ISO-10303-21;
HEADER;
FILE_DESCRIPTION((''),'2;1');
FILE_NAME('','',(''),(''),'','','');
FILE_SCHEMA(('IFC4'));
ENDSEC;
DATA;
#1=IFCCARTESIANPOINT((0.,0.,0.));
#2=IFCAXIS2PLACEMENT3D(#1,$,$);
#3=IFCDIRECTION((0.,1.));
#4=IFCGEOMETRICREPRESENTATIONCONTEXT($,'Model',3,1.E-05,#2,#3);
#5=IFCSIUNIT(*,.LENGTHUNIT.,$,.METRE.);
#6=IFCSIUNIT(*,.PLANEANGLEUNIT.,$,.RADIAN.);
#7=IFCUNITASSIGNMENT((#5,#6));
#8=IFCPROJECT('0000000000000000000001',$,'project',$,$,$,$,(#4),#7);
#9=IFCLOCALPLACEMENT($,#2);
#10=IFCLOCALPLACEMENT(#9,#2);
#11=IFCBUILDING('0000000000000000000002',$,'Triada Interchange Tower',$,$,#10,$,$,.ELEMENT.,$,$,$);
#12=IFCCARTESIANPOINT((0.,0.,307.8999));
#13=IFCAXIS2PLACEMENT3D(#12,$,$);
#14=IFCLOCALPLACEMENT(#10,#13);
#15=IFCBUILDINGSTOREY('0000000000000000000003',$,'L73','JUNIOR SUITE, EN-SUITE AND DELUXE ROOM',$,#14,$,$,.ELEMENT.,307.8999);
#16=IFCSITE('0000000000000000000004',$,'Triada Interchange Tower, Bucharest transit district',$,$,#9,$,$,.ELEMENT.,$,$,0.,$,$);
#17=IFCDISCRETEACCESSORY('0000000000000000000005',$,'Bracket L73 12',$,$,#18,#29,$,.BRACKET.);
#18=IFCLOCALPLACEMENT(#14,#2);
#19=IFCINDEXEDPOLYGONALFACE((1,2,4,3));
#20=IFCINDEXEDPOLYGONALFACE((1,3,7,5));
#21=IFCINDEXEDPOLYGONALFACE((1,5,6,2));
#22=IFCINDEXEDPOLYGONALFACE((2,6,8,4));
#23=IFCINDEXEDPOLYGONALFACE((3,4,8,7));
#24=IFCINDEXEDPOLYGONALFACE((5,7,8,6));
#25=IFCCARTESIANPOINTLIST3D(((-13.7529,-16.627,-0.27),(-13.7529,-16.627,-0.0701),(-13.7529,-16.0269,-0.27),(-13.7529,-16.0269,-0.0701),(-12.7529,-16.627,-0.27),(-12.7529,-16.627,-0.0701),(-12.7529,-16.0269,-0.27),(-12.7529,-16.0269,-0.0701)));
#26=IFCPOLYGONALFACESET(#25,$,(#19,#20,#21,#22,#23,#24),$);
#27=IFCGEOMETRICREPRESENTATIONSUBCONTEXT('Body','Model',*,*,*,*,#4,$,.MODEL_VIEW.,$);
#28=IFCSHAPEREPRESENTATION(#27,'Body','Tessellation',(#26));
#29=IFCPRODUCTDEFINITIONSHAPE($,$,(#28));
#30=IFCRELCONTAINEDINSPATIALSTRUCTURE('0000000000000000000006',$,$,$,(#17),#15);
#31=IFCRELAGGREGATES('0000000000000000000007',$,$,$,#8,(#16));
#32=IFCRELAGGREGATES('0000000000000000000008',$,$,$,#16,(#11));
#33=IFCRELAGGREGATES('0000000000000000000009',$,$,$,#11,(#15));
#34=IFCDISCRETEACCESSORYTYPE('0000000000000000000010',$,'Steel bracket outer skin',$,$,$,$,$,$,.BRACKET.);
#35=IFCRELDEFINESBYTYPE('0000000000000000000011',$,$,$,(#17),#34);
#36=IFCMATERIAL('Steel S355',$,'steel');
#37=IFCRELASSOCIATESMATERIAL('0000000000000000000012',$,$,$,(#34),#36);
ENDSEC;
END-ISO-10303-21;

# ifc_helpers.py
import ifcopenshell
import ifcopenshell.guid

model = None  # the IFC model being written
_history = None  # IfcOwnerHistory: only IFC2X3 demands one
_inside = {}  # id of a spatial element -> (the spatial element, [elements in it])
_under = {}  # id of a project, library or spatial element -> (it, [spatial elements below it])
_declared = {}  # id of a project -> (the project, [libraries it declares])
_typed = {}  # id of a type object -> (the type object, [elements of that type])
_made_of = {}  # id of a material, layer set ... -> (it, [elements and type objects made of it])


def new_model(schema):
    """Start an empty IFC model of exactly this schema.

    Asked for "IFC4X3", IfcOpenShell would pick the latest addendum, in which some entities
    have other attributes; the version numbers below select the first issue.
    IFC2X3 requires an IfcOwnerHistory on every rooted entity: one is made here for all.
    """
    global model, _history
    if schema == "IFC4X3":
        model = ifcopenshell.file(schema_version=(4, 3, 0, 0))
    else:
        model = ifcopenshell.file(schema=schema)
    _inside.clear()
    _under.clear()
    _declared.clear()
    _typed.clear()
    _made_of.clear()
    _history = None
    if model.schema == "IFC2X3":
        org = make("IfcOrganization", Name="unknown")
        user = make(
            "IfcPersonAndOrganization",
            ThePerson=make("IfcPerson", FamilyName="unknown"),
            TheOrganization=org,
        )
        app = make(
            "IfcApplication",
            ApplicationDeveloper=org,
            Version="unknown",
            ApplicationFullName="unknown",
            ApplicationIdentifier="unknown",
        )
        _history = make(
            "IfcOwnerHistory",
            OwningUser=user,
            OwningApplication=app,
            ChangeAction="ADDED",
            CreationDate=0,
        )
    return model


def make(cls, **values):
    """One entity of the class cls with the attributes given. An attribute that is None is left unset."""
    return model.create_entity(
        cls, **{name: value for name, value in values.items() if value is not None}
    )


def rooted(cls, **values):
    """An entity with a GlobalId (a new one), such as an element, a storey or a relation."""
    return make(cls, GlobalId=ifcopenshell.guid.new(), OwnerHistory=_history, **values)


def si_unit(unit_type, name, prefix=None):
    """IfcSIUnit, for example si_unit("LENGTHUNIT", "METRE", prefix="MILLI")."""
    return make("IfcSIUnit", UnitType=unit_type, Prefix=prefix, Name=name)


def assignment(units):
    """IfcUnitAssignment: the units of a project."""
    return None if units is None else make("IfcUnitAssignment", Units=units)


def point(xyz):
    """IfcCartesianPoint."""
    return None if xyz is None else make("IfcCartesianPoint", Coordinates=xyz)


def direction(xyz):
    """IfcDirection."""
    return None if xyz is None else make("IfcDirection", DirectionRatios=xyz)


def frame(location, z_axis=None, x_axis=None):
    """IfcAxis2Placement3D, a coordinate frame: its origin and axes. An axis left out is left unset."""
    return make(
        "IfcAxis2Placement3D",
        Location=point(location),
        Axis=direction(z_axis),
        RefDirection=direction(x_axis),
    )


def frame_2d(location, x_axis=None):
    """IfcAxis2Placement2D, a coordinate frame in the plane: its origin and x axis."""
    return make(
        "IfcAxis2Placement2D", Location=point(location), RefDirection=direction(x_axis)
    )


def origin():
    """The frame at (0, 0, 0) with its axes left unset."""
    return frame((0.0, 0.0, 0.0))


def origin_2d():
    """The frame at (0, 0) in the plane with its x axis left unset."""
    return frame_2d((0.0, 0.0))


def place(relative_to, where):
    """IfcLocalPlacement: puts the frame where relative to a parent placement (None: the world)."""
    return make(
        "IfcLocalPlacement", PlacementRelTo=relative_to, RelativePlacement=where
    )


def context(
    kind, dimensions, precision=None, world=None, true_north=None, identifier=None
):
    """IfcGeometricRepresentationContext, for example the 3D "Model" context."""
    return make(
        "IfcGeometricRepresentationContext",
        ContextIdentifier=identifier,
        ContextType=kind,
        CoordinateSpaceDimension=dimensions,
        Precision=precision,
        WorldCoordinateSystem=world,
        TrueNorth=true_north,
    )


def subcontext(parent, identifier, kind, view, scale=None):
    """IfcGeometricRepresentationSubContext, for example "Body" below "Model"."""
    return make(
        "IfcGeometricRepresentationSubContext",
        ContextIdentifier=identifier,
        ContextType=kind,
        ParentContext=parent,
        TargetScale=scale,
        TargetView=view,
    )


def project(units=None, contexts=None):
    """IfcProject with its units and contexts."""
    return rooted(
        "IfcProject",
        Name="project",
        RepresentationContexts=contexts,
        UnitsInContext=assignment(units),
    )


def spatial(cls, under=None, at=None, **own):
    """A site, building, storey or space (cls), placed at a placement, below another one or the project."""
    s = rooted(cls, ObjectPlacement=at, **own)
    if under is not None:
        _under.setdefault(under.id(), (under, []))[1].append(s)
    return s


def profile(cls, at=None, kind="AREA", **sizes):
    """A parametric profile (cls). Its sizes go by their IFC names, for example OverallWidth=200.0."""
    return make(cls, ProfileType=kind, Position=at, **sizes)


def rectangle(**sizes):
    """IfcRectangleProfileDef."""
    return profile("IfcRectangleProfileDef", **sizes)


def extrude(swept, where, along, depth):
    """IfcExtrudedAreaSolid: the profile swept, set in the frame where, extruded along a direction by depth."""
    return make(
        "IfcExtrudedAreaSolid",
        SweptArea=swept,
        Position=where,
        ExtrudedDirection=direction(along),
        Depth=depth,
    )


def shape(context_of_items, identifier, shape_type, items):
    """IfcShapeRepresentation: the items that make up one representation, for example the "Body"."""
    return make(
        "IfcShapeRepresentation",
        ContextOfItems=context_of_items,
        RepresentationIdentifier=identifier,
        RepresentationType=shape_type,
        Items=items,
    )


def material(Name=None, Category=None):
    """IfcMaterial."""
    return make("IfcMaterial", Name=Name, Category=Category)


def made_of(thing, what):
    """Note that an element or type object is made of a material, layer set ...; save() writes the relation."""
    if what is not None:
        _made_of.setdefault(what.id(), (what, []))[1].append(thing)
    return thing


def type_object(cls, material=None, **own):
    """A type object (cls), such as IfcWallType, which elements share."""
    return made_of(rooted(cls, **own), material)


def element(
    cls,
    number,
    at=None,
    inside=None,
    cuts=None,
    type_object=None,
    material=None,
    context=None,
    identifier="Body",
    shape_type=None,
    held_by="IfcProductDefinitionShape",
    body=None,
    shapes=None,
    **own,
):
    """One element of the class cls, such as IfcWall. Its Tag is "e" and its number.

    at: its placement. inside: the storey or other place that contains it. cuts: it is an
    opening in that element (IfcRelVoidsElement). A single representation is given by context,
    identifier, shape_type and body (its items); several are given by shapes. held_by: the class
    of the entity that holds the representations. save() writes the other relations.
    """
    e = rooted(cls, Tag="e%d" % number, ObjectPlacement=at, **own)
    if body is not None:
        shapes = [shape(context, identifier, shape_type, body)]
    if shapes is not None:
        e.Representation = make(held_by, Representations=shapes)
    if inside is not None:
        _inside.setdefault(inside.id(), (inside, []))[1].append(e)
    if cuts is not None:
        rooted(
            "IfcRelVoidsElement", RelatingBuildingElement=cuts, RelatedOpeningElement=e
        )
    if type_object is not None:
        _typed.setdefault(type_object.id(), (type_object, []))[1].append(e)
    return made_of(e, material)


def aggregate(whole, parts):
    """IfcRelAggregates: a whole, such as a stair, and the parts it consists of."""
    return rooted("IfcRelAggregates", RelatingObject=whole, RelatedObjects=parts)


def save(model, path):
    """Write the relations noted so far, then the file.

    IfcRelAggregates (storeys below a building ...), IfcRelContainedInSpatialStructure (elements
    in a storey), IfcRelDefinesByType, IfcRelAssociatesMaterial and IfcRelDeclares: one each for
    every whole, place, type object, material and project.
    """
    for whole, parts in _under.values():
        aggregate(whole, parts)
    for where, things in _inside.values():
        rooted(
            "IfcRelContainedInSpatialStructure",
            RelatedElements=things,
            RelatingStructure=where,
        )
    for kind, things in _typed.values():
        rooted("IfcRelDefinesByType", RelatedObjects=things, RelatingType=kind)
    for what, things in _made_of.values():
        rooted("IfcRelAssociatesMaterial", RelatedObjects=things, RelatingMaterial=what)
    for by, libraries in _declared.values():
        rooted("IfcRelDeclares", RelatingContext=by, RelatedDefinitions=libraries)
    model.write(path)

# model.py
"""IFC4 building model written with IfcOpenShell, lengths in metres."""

from ifc_helpers import new_model, si_unit, direction, frame, origin, origin_2d, place, context, subcontext, project, spatial, rectangle, extrude, material, type_object, element, save


model = new_model("IFC4")

# Units and contexts
model_context = context("Model", 3, precision=1e-05, world=origin(), true_north=direction((0.0, 1.0)))
body_context = subcontext(model_context, "Body", "Model", "MODEL_VIEW")
ifc_project = project(units=[si_unit("LENGTHUNIT", "METRE"), si_unit("PLANEANGLEUNIT", "RADIAN")], contexts=[model_context])

# Site, building, storey
site_placement = place(None, origin())
site = spatial("IfcSite", under=ifc_project, at=site_placement, Name="Triada Interchange Tower, Bucharest transit district", CompositionType="ELEMENT", RefElevation=0.0)
building_placement = place(site_placement, origin())
building = spatial("IfcBuilding", under=site, at=building_placement, Name="Triada Interchange Tower", CompositionType="ELEMENT")
storey_placement = place(building_placement, frame((0.0, 0.0, 307.8999)))
storey = spatial("IfcBuildingStorey", under=building, at=storey_placement, Name="L73", Description="JUNIOR SUITE, EN-SUITE AND DELUXE ROOM", CompositionType="ELEMENT", Elevation=307.8999)

# Discrete accessory
ifc_material_1 = material(Name="Steel S355", Category="steel")
discrete_accessory_type = type_object("IfcDiscreteAccessoryType", Name="Steel bracket outer skin", PredefinedType="BRACKET", material=ifc_material_1)
for number, where, z_axis, x_axis, name in (
    (1, (-13.2529, -16.3269, -0.27), (0.0, 0.0, 1.0), (0.0, -1.0, 0.0), "Bracket L73 12"),
):
    element("IfcDiscreteAccessory", number, at=place(storey_placement, frame(where, z_axis=z_axis, x_axis=x_axis)), inside=storey, type_object=discrete_accessory_type, Name=name, PredefinedType="BRACKET", context=body_context, shape_type="SweptSolid", body=[
        extrude(rectangle(XDim=0.6001, YDim=1.0, at=origin_2d()), origin(), (0.0, 0.0, 1.0), 0.2),
    ])

save(model, "model.ifc")
